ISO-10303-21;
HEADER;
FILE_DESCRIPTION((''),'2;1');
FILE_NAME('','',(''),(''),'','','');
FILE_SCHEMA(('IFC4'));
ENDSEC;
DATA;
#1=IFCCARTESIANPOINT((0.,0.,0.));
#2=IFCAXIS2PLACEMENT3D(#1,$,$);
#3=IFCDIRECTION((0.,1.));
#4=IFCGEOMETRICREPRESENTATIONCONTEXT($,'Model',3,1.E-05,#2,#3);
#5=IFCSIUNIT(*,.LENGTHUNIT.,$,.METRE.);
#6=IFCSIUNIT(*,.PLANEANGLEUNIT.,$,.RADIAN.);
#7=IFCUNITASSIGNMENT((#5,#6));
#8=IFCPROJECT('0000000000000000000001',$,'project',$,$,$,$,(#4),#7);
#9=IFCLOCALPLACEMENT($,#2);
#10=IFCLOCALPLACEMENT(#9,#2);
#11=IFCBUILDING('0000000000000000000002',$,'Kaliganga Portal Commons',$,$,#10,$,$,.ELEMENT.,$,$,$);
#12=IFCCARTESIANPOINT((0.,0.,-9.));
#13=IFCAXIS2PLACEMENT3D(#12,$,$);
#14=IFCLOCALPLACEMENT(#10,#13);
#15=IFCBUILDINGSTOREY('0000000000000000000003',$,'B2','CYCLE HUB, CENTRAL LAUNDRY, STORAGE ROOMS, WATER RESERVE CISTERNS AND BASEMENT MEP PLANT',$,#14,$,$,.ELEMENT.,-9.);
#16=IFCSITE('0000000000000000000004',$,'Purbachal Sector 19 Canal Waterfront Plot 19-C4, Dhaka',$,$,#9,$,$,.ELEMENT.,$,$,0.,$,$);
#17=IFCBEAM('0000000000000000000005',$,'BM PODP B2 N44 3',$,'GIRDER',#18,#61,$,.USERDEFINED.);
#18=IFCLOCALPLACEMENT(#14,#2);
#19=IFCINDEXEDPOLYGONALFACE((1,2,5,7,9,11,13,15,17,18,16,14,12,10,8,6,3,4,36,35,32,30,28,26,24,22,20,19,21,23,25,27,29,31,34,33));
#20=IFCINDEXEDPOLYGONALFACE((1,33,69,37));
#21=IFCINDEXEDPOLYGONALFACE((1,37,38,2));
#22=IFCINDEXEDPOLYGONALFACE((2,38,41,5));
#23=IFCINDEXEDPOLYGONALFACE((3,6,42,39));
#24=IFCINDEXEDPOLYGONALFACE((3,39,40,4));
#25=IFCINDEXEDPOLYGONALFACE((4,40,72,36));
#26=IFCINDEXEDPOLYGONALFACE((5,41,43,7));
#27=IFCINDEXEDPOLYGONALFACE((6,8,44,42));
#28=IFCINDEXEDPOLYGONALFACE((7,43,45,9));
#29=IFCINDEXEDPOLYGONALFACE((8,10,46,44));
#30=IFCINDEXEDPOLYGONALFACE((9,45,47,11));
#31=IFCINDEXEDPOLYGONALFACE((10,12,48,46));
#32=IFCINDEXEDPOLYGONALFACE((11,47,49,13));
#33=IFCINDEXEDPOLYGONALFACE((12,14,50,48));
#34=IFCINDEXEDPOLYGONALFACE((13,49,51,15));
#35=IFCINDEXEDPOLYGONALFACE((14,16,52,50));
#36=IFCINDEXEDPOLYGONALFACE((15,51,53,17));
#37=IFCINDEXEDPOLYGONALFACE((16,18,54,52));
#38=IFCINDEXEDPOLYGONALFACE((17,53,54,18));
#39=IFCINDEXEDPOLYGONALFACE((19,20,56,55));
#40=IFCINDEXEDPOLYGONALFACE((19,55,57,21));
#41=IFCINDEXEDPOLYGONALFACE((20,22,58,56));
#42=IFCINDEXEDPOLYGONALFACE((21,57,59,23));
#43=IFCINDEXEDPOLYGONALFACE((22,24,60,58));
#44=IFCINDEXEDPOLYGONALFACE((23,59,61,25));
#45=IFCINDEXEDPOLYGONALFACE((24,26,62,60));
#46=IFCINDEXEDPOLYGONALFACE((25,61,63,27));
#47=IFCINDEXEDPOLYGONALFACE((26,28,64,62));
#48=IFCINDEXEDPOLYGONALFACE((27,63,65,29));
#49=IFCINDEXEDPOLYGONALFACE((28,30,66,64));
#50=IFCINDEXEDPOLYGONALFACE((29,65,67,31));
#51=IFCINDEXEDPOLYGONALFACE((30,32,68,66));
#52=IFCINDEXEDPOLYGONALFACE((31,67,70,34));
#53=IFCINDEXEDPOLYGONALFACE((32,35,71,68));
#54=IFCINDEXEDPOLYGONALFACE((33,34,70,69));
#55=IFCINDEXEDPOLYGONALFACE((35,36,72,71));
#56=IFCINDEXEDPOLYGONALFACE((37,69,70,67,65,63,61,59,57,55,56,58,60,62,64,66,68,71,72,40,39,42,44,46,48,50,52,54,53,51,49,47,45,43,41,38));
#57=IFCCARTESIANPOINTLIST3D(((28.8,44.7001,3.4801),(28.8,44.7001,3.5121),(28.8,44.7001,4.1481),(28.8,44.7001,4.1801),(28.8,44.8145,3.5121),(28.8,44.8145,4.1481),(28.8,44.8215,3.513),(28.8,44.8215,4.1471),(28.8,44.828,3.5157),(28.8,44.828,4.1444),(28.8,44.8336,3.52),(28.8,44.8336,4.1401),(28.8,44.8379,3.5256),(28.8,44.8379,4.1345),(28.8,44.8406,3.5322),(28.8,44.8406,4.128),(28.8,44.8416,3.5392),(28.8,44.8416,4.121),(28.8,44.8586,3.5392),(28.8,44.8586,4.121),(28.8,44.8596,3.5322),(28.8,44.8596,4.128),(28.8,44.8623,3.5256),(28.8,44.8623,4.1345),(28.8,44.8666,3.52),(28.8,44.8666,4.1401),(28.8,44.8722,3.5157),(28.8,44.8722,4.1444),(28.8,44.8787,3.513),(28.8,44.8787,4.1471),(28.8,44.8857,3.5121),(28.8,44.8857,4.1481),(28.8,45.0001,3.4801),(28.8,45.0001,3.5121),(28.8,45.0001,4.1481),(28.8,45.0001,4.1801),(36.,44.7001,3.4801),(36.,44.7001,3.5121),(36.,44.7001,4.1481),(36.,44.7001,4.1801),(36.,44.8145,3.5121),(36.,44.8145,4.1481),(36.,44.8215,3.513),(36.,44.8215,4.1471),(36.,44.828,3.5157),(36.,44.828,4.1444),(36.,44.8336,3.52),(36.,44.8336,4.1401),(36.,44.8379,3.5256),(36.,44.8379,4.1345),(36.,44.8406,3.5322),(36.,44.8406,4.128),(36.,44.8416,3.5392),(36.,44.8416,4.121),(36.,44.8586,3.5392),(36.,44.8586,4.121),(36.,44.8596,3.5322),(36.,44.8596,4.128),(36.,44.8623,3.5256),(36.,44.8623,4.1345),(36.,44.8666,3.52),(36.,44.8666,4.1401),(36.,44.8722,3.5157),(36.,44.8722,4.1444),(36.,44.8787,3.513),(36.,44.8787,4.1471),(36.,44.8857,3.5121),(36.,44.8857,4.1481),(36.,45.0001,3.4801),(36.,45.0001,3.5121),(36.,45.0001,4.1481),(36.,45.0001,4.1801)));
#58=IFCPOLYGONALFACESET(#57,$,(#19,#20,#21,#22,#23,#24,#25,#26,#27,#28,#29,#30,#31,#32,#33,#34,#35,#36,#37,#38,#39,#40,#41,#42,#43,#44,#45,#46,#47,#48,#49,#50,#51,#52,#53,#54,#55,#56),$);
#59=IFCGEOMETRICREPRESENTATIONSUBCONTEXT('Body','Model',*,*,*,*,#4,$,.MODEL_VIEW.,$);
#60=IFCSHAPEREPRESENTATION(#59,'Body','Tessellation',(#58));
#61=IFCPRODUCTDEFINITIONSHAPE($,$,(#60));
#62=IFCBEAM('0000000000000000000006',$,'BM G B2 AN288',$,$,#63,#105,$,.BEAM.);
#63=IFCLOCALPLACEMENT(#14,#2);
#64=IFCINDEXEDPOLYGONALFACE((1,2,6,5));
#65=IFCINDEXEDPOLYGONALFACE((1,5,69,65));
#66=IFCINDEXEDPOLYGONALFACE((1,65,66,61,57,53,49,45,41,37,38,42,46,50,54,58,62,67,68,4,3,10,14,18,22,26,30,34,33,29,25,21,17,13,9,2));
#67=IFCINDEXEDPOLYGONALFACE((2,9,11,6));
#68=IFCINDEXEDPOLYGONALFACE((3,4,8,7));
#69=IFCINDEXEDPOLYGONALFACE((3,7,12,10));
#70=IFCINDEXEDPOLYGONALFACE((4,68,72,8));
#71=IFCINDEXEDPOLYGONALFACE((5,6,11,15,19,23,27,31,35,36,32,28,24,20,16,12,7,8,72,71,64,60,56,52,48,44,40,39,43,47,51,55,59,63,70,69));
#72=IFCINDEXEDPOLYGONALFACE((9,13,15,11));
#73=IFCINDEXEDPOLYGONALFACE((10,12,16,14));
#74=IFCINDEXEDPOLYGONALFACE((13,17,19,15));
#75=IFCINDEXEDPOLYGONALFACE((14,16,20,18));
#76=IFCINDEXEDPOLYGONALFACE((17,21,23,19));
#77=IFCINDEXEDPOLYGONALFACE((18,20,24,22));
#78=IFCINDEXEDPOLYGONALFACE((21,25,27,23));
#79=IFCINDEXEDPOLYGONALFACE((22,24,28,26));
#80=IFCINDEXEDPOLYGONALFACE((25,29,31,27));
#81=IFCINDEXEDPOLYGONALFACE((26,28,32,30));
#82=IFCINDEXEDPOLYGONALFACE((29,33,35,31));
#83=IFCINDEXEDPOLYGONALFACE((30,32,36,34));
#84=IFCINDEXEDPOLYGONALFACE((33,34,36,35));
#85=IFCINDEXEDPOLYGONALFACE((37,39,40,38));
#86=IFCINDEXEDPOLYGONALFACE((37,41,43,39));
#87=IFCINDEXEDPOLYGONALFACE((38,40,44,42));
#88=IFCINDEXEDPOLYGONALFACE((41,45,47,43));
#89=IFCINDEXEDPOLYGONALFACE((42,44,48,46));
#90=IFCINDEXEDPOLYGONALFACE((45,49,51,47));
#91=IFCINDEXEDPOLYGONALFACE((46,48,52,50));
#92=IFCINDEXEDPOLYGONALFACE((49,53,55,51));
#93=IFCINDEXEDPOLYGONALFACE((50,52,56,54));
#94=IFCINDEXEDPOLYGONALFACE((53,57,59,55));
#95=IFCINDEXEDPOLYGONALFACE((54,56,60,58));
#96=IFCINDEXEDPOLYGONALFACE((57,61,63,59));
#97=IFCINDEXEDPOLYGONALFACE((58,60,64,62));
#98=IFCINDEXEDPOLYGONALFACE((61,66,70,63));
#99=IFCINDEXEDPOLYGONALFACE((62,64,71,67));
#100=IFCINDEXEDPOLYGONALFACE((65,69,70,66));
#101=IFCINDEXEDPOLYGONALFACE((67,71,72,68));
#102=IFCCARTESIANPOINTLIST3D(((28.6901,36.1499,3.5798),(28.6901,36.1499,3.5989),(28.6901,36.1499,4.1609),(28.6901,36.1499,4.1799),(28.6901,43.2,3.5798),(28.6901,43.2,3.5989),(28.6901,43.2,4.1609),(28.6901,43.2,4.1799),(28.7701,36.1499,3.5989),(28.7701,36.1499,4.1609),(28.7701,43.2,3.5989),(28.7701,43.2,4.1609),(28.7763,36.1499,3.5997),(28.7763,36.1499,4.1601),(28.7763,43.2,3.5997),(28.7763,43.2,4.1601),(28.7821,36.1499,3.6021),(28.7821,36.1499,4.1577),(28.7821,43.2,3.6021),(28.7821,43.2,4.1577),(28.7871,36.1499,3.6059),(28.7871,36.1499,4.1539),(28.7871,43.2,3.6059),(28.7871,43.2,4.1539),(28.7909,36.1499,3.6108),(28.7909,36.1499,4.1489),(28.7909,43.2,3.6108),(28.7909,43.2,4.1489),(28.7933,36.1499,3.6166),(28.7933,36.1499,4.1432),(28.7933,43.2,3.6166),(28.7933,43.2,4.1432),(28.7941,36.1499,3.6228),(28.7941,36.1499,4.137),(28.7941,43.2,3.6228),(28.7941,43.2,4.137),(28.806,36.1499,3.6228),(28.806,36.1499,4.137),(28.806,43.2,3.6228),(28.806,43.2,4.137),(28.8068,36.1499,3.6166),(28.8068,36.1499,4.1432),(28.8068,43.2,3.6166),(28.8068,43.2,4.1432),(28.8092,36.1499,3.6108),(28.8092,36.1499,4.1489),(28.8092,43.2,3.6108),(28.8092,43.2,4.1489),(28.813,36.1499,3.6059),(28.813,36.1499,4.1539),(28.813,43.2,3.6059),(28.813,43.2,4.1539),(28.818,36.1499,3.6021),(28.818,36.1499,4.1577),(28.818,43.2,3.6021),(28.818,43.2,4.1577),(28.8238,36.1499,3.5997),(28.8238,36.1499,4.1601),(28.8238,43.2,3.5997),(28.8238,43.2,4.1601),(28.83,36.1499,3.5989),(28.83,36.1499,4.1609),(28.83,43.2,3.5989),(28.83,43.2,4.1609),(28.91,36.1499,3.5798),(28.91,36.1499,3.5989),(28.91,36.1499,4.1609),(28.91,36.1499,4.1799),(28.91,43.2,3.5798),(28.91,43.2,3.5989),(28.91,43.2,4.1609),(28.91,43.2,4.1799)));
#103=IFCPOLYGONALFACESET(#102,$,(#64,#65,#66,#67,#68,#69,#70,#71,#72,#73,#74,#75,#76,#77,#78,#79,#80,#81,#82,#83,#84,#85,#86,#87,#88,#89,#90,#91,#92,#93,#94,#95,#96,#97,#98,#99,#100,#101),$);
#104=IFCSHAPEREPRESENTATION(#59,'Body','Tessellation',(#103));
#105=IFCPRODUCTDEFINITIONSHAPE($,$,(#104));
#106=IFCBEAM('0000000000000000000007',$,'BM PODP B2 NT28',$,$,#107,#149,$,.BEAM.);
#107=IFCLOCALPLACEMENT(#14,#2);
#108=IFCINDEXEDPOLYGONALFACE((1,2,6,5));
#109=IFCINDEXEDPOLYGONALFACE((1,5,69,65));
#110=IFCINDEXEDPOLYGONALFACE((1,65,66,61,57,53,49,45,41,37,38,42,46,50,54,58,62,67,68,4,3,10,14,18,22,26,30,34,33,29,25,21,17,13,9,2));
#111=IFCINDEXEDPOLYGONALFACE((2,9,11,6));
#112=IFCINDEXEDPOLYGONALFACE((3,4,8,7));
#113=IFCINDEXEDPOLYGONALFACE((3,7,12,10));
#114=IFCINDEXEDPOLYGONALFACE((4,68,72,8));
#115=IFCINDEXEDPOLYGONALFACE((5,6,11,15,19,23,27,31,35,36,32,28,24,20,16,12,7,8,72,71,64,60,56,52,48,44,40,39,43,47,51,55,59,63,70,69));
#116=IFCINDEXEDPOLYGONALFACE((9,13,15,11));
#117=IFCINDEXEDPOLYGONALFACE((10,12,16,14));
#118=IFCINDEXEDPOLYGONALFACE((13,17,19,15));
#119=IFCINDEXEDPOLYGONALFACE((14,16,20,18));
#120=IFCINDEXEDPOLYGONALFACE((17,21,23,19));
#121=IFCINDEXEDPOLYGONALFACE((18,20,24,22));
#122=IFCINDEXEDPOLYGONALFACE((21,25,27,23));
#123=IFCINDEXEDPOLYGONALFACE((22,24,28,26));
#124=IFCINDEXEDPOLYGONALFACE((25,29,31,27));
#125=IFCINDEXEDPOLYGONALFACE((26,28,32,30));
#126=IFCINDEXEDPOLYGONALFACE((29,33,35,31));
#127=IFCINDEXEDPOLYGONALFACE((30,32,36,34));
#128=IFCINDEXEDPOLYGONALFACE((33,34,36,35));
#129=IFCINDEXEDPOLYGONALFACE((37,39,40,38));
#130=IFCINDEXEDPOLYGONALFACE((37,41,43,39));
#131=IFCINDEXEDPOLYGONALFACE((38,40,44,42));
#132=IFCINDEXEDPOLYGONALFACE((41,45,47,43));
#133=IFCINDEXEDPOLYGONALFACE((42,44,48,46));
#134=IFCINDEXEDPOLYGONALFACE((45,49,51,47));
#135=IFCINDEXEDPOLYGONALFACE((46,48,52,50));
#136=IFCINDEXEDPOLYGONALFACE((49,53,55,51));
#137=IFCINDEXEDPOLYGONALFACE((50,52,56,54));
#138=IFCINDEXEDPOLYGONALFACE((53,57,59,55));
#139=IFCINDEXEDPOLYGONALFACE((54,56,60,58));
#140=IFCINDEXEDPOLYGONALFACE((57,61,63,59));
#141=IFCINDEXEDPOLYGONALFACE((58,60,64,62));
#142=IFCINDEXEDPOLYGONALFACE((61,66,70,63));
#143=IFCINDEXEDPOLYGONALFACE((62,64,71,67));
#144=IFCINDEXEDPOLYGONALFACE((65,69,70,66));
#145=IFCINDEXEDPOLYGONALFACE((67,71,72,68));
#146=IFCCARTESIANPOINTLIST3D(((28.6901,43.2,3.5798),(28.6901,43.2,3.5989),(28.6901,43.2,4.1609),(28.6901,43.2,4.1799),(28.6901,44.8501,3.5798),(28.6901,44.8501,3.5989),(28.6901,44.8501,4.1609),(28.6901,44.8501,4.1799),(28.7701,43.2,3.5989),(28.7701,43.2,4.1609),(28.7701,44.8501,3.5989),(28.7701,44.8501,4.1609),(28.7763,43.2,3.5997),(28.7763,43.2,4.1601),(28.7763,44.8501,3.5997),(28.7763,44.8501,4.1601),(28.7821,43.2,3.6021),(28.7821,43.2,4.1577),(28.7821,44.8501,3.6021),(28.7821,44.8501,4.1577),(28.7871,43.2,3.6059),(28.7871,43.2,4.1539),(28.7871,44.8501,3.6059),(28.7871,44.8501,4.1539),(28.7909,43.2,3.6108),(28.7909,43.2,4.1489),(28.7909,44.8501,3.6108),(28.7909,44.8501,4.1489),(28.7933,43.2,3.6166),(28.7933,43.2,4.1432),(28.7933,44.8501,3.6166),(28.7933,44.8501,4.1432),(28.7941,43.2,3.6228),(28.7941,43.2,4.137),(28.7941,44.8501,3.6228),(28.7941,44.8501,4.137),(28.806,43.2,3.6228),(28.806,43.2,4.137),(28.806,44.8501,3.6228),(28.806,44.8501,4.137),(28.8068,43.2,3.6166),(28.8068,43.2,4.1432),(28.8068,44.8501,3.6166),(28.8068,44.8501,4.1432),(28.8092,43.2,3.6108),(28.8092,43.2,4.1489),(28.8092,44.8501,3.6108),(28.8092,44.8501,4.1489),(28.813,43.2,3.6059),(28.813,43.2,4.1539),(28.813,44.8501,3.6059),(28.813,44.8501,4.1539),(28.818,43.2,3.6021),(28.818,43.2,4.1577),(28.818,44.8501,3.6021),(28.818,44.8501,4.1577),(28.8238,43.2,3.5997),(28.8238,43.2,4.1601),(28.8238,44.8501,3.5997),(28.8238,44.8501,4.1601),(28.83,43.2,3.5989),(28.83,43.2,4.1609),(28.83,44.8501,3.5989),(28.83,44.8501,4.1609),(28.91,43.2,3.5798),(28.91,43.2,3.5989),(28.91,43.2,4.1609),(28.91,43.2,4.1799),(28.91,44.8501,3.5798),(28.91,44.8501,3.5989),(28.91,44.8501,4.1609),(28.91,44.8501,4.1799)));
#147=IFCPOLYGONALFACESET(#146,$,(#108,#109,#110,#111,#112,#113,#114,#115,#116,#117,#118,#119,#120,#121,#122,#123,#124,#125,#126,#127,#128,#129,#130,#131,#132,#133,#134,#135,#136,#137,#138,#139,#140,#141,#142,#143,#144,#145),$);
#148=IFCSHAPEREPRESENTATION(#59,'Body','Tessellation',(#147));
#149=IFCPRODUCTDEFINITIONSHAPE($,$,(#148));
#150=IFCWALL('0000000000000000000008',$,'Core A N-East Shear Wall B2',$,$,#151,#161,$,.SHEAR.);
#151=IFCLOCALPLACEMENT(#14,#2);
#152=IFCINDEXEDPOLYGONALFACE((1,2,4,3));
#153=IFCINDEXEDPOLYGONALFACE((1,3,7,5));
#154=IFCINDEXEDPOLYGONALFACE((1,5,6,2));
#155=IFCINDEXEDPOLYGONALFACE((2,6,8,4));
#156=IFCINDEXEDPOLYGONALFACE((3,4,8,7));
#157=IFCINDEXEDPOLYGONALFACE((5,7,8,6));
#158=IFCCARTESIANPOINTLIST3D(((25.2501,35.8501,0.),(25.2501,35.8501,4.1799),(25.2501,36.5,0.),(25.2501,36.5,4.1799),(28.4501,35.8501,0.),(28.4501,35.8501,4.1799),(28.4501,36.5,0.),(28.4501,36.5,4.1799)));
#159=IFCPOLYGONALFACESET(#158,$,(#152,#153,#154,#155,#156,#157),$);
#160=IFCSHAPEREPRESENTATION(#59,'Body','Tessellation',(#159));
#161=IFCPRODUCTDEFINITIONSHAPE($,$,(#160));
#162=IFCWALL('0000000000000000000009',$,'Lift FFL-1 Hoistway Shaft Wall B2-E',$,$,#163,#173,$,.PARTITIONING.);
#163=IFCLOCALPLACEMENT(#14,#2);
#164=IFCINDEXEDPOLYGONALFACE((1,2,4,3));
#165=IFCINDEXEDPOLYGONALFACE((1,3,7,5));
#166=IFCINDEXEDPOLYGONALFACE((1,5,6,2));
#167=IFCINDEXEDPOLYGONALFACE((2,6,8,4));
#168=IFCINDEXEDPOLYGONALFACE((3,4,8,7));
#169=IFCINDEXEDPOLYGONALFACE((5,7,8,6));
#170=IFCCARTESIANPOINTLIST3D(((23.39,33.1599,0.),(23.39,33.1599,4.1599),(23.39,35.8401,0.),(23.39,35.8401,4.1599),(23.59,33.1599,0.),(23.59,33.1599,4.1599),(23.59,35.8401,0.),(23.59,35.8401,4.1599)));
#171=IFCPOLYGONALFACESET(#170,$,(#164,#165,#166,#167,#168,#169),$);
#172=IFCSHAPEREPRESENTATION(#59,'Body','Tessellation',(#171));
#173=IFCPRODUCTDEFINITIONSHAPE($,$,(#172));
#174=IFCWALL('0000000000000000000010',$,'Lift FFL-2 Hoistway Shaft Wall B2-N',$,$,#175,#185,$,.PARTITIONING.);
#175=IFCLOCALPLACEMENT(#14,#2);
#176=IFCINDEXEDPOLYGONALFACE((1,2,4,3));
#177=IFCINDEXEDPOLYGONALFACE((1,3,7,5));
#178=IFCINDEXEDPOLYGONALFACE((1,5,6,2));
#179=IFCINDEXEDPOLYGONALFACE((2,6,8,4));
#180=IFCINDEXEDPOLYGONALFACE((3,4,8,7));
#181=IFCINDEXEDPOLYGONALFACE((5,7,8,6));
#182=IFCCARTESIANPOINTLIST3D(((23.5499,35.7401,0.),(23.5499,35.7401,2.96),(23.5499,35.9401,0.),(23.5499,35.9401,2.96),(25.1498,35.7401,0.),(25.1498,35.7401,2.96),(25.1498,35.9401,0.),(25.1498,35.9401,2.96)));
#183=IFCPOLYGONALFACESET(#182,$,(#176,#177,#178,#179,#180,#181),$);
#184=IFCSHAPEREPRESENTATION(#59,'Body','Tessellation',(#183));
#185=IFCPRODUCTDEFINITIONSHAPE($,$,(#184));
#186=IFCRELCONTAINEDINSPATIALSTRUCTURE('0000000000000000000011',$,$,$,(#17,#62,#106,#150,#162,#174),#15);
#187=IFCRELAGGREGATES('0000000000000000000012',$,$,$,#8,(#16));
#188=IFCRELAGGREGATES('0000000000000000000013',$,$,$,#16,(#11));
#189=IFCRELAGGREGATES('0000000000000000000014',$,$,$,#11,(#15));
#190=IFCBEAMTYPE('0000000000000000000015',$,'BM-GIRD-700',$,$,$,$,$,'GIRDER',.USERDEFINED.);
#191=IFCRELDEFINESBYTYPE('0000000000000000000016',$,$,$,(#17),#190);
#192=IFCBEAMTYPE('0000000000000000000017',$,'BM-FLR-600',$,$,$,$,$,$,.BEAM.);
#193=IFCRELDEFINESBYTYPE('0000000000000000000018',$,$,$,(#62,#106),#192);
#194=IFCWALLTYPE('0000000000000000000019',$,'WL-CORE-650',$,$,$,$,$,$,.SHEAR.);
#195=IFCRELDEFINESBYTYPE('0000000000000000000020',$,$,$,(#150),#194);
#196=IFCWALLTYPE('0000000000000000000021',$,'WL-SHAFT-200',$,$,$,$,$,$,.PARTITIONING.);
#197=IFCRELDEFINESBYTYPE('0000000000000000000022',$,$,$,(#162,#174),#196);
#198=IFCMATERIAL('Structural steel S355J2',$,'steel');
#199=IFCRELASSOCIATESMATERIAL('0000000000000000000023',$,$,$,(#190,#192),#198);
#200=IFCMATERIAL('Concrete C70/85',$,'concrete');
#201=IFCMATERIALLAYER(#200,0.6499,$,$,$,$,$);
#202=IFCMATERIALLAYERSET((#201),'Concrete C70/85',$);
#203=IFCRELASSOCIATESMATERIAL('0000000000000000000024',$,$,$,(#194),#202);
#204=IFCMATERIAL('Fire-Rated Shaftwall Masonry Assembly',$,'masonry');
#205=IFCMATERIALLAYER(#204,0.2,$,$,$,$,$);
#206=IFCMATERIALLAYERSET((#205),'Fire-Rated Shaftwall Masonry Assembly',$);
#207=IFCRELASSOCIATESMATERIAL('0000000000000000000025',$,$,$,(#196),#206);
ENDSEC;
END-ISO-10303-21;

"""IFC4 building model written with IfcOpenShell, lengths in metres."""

from ifc_helpers import new_model, si_unit, direction, frame, frame_2d, origin, origin_2d, place, context, subcontext, project, spatial, rectangle, i_section, extrude, source, transform, mapped, material, layer, layer_set, material_profile, profile_set, type_object, element, save


model = new_model("IFC4")

# Units and contexts
model_context = context("Model", 3, precision=1e-05, world=origin(), true_north=direction((0.0, 1.0)))
body_context = subcontext(model_context, "Body", "Model", "MODEL_VIEW")
ifc_project = project(units=[si_unit("LENGTHUNIT", "METRE"), si_unit("PLANEANGLEUNIT", "RADIAN")], contexts=[model_context])

# Site, building, storey
site_placement = place(None, origin())
site = spatial("IfcSite", under=ifc_project, at=site_placement, Name="Purbachal Sector 19 Canal Waterfront Plot 19-C4, Dhaka", CompositionType="ELEMENT", RefElevation=0.0)
building_placement = place(site_placement, origin())
building = spatial("IfcBuilding", under=site, at=building_placement, Name="Kaliganga Portal Commons", CompositionType="ELEMENT")
storey_placement = place(building_placement, frame((0.0, 0.0, -9.0)))
storey = spatial("IfcBuildingStorey", under=building, at=storey_placement, Name="B2", Description="CYCLE HUB, CENTRAL LAUNDRY, STORAGE ROOMS, WATER RESERVE CISTERNS AND BASEMENT MEP PLANT", CompositionType="ELEMENT", Elevation=-9.0)

# Shared definitions
ifc_material_1 = material(Name="Concrete C70/85", Category="concrete")

# Beams
ifc_material_2 = material(Name="Structural steel S355J2", Category="steel")
ifc_material_profile_1 = material_profile(ifc_material_2, i_section(OverallWidth=0.3, OverallDepth=0.7, WebThickness=0.0171, FlangeThickness=0.032, FilletRadius=0.0271, at=origin_2d()), Name="HE 700 B")
ifc_profile_set_1 = profile_set([ifc_material_profile_1], Name="Structural steel S355J2 wide-flange")
beam_type_1 = type_object("IfcBeamType", Name="BM-GIRD-700", ElementType="GIRDER", PredefinedType="USERDEFINED", material=ifc_profile_set_1)
shared_shape_1 = source(origin(), body_context, "Body", "SweptSolid", [
    extrude(i_section(OverallWidth=0.3, OverallDepth=0.7, WebThickness=0.0171, FlangeThickness=0.032, FilletRadius=0.0271, at=origin_2d()), origin(), (0.0, 0.0, 1.0), 7.2),
])
for number, where, z_axis, x_axis, name in (
    (1, (28.8, 44.8501, 3.8301), (1.0, 0.0, 0.0), (0.0, 1.0, 0.0), "BM PODP B2 N44 3"),
):
    element("IfcBeam", number, at=place(storey_placement, frame(where, z_axis=z_axis, x_axis=x_axis)), inside=storey, type_object=beam_type_1, Name=name, ObjectType="GIRDER", PredefinedType="USERDEFINED", context=body_context, shape_type="MappedRepresentation", body=[
        mapped(shared_shape_1, transform((0.0, 0.0, 0.0), x_axis=(1.0, 0.0, 0.0), y_axis=(0.0, 1.0, 0.0), z_axis=(0.0, 0.0, 1.0), scale=1.0)),
    ])
ifc_material_profile_2 = material_profile(ifc_material_2, i_section(OverallWidth=0.22, OverallDepth=0.6001, WebThickness=0.012, FlangeThickness=0.019, FilletRadius=0.0239, at=origin_2d()), Name="IPE 600")
ifc_profile_set_2 = profile_set([ifc_material_profile_2], Name="Structural steel S355J2 wide-flange")
beam_type_2 = type_object("IfcBeamType", Name="BM-FLR-600", PredefinedType="BEAM", material=ifc_profile_set_2)
shared_shape_2 = source(origin(), body_context, "Body", "SweptSolid", [
    extrude(i_section(OverallWidth=0.22, OverallDepth=0.6001, WebThickness=0.012, FlangeThickness=0.019, FilletRadius=0.0239, at=origin_2d()), origin(), (0.0, 0.0, 1.0), 7.05),
])
beam_1_placement = place(storey_placement, frame((28.8, 36.1499, 3.8799), z_axis=(0.0, 1.0, 0.0), x_axis=(-1.0, 0.0, 0.0)))
element("IfcBeam", 2, at=beam_1_placement, inside=storey, type_object=beam_type_2, Name="BM G B2 AN288", PredefinedType="BEAM", context=body_context, shape_type="MappedRepresentation", body=[
    mapped(shared_shape_2, transform((0.0, 0.0, 0.0), x_axis=(1.0, 0.0, 0.0), y_axis=(0.0, 1.0, 0.0), z_axis=(0.0, 0.0, 1.0), scale=1.0)),
])
shared_shape_3 = source(origin(), body_context, "Body", "SweptSolid", [
    extrude(i_section(OverallWidth=0.22, OverallDepth=0.6001, WebThickness=0.012, FlangeThickness=0.019, FilletRadius=0.0239, at=origin_2d()), origin(), (0.0, 0.0, 1.0), 1.6501),
])
beam_2_placement = place(storey_placement, frame((28.8, 43.2, 3.8799), z_axis=(0.0, 1.0, 0.0), x_axis=(-1.0, 0.0, 0.0)))
element("IfcBeam", 3, at=beam_2_placement, inside=storey, type_object=beam_type_2, Name="BM PODP B2 NT28", PredefinedType="BEAM", context=body_context, shape_type="MappedRepresentation", body=[
    mapped(shared_shape_3, transform((0.0, 0.0, 0.0), x_axis=(1.0, 0.0, 0.0), y_axis=(0.0, 1.0, 0.0), z_axis=(0.0, 0.0, 1.0), scale=1.0)),
])

# Walls
ifc_layer_1 = layer(ifc_material_1, 0.6499)
ifc_layer_set_1 = layer_set([ifc_layer_1], Name="Concrete C70/85")
wall_type_1 = type_object("IfcWallType", Name="WL-CORE-650", PredefinedType="SHEAR", material=ifc_layer_set_1)
wall_1_placement = place(storey_placement, frame((25.25, 36.175, 0.0), z_axis=(0.0, 0.0, 1.0), x_axis=(1.0, 0.0, 0.0)))
element("IfcWall", 4, at=wall_1_placement, inside=storey, type_object=wall_type_1, Name="Core A N-East Shear Wall B2", PredefinedType="SHEAR", context=body_context, shape_type="SweptSolid", body=[
    extrude(rectangle(XDim=3.2, YDim=0.6499, at=frame_2d((1.6001, 0.0))), origin(), (0.0, 0.0, 1.0), 4.1799),
])
ifc_material_3 = material(Name="Fire-Rated Shaftwall Masonry Assembly", Category="masonry")
ifc_layer_2 = layer(ifc_material_3, 0.2)
ifc_layer_set_2 = layer_set([ifc_layer_2], Name="Fire-Rated Shaftwall Masonry Assembly")
wall_type_2 = type_object("IfcWallType", Name="WL-SHAFT-200", PredefinedType="PARTITIONING", material=ifc_layer_set_2)
wall_2_placement = place(storey_placement, frame((23.49, 33.1599, 0.0), z_axis=(0.0, 0.0, 1.0), x_axis=(0.0, 1.0, 0.0)))
element("IfcWall", 5, at=wall_2_placement, inside=storey, type_object=wall_type_2, Name="Lift FFL-1 Hoistway Shaft Wall B2-E", PredefinedType="PARTITIONING", context=body_context, shape_type="SweptSolid", body=[
    extrude(rectangle(XDim=2.6802, YDim=0.2, at=frame_2d((1.3401, 0.0))), origin(), (0.0, 0.0, 1.0), 4.1599),
])

# Wall
wall_3_placement = place(storey_placement, frame((23.55, 35.8401, 0.0), z_axis=(0.0, 0.0, 1.0), x_axis=(1.0, 0.0, 0.0)))
element("IfcWall", 6, at=wall_3_placement, inside=storey, type_object=wall_type_2, Name="Lift FFL-2 Hoistway Shaft Wall B2-N", PredefinedType="PARTITIONING", context=body_context, shape_type="SweptSolid", body=[
    extrude(rectangle(XDim=1.5999, YDim=0.2, at=frame_2d((0.7998, 0.0))), origin(), (0.0, 0.0, 1.0), 2.96),
])

save(model, "model.ifc")
